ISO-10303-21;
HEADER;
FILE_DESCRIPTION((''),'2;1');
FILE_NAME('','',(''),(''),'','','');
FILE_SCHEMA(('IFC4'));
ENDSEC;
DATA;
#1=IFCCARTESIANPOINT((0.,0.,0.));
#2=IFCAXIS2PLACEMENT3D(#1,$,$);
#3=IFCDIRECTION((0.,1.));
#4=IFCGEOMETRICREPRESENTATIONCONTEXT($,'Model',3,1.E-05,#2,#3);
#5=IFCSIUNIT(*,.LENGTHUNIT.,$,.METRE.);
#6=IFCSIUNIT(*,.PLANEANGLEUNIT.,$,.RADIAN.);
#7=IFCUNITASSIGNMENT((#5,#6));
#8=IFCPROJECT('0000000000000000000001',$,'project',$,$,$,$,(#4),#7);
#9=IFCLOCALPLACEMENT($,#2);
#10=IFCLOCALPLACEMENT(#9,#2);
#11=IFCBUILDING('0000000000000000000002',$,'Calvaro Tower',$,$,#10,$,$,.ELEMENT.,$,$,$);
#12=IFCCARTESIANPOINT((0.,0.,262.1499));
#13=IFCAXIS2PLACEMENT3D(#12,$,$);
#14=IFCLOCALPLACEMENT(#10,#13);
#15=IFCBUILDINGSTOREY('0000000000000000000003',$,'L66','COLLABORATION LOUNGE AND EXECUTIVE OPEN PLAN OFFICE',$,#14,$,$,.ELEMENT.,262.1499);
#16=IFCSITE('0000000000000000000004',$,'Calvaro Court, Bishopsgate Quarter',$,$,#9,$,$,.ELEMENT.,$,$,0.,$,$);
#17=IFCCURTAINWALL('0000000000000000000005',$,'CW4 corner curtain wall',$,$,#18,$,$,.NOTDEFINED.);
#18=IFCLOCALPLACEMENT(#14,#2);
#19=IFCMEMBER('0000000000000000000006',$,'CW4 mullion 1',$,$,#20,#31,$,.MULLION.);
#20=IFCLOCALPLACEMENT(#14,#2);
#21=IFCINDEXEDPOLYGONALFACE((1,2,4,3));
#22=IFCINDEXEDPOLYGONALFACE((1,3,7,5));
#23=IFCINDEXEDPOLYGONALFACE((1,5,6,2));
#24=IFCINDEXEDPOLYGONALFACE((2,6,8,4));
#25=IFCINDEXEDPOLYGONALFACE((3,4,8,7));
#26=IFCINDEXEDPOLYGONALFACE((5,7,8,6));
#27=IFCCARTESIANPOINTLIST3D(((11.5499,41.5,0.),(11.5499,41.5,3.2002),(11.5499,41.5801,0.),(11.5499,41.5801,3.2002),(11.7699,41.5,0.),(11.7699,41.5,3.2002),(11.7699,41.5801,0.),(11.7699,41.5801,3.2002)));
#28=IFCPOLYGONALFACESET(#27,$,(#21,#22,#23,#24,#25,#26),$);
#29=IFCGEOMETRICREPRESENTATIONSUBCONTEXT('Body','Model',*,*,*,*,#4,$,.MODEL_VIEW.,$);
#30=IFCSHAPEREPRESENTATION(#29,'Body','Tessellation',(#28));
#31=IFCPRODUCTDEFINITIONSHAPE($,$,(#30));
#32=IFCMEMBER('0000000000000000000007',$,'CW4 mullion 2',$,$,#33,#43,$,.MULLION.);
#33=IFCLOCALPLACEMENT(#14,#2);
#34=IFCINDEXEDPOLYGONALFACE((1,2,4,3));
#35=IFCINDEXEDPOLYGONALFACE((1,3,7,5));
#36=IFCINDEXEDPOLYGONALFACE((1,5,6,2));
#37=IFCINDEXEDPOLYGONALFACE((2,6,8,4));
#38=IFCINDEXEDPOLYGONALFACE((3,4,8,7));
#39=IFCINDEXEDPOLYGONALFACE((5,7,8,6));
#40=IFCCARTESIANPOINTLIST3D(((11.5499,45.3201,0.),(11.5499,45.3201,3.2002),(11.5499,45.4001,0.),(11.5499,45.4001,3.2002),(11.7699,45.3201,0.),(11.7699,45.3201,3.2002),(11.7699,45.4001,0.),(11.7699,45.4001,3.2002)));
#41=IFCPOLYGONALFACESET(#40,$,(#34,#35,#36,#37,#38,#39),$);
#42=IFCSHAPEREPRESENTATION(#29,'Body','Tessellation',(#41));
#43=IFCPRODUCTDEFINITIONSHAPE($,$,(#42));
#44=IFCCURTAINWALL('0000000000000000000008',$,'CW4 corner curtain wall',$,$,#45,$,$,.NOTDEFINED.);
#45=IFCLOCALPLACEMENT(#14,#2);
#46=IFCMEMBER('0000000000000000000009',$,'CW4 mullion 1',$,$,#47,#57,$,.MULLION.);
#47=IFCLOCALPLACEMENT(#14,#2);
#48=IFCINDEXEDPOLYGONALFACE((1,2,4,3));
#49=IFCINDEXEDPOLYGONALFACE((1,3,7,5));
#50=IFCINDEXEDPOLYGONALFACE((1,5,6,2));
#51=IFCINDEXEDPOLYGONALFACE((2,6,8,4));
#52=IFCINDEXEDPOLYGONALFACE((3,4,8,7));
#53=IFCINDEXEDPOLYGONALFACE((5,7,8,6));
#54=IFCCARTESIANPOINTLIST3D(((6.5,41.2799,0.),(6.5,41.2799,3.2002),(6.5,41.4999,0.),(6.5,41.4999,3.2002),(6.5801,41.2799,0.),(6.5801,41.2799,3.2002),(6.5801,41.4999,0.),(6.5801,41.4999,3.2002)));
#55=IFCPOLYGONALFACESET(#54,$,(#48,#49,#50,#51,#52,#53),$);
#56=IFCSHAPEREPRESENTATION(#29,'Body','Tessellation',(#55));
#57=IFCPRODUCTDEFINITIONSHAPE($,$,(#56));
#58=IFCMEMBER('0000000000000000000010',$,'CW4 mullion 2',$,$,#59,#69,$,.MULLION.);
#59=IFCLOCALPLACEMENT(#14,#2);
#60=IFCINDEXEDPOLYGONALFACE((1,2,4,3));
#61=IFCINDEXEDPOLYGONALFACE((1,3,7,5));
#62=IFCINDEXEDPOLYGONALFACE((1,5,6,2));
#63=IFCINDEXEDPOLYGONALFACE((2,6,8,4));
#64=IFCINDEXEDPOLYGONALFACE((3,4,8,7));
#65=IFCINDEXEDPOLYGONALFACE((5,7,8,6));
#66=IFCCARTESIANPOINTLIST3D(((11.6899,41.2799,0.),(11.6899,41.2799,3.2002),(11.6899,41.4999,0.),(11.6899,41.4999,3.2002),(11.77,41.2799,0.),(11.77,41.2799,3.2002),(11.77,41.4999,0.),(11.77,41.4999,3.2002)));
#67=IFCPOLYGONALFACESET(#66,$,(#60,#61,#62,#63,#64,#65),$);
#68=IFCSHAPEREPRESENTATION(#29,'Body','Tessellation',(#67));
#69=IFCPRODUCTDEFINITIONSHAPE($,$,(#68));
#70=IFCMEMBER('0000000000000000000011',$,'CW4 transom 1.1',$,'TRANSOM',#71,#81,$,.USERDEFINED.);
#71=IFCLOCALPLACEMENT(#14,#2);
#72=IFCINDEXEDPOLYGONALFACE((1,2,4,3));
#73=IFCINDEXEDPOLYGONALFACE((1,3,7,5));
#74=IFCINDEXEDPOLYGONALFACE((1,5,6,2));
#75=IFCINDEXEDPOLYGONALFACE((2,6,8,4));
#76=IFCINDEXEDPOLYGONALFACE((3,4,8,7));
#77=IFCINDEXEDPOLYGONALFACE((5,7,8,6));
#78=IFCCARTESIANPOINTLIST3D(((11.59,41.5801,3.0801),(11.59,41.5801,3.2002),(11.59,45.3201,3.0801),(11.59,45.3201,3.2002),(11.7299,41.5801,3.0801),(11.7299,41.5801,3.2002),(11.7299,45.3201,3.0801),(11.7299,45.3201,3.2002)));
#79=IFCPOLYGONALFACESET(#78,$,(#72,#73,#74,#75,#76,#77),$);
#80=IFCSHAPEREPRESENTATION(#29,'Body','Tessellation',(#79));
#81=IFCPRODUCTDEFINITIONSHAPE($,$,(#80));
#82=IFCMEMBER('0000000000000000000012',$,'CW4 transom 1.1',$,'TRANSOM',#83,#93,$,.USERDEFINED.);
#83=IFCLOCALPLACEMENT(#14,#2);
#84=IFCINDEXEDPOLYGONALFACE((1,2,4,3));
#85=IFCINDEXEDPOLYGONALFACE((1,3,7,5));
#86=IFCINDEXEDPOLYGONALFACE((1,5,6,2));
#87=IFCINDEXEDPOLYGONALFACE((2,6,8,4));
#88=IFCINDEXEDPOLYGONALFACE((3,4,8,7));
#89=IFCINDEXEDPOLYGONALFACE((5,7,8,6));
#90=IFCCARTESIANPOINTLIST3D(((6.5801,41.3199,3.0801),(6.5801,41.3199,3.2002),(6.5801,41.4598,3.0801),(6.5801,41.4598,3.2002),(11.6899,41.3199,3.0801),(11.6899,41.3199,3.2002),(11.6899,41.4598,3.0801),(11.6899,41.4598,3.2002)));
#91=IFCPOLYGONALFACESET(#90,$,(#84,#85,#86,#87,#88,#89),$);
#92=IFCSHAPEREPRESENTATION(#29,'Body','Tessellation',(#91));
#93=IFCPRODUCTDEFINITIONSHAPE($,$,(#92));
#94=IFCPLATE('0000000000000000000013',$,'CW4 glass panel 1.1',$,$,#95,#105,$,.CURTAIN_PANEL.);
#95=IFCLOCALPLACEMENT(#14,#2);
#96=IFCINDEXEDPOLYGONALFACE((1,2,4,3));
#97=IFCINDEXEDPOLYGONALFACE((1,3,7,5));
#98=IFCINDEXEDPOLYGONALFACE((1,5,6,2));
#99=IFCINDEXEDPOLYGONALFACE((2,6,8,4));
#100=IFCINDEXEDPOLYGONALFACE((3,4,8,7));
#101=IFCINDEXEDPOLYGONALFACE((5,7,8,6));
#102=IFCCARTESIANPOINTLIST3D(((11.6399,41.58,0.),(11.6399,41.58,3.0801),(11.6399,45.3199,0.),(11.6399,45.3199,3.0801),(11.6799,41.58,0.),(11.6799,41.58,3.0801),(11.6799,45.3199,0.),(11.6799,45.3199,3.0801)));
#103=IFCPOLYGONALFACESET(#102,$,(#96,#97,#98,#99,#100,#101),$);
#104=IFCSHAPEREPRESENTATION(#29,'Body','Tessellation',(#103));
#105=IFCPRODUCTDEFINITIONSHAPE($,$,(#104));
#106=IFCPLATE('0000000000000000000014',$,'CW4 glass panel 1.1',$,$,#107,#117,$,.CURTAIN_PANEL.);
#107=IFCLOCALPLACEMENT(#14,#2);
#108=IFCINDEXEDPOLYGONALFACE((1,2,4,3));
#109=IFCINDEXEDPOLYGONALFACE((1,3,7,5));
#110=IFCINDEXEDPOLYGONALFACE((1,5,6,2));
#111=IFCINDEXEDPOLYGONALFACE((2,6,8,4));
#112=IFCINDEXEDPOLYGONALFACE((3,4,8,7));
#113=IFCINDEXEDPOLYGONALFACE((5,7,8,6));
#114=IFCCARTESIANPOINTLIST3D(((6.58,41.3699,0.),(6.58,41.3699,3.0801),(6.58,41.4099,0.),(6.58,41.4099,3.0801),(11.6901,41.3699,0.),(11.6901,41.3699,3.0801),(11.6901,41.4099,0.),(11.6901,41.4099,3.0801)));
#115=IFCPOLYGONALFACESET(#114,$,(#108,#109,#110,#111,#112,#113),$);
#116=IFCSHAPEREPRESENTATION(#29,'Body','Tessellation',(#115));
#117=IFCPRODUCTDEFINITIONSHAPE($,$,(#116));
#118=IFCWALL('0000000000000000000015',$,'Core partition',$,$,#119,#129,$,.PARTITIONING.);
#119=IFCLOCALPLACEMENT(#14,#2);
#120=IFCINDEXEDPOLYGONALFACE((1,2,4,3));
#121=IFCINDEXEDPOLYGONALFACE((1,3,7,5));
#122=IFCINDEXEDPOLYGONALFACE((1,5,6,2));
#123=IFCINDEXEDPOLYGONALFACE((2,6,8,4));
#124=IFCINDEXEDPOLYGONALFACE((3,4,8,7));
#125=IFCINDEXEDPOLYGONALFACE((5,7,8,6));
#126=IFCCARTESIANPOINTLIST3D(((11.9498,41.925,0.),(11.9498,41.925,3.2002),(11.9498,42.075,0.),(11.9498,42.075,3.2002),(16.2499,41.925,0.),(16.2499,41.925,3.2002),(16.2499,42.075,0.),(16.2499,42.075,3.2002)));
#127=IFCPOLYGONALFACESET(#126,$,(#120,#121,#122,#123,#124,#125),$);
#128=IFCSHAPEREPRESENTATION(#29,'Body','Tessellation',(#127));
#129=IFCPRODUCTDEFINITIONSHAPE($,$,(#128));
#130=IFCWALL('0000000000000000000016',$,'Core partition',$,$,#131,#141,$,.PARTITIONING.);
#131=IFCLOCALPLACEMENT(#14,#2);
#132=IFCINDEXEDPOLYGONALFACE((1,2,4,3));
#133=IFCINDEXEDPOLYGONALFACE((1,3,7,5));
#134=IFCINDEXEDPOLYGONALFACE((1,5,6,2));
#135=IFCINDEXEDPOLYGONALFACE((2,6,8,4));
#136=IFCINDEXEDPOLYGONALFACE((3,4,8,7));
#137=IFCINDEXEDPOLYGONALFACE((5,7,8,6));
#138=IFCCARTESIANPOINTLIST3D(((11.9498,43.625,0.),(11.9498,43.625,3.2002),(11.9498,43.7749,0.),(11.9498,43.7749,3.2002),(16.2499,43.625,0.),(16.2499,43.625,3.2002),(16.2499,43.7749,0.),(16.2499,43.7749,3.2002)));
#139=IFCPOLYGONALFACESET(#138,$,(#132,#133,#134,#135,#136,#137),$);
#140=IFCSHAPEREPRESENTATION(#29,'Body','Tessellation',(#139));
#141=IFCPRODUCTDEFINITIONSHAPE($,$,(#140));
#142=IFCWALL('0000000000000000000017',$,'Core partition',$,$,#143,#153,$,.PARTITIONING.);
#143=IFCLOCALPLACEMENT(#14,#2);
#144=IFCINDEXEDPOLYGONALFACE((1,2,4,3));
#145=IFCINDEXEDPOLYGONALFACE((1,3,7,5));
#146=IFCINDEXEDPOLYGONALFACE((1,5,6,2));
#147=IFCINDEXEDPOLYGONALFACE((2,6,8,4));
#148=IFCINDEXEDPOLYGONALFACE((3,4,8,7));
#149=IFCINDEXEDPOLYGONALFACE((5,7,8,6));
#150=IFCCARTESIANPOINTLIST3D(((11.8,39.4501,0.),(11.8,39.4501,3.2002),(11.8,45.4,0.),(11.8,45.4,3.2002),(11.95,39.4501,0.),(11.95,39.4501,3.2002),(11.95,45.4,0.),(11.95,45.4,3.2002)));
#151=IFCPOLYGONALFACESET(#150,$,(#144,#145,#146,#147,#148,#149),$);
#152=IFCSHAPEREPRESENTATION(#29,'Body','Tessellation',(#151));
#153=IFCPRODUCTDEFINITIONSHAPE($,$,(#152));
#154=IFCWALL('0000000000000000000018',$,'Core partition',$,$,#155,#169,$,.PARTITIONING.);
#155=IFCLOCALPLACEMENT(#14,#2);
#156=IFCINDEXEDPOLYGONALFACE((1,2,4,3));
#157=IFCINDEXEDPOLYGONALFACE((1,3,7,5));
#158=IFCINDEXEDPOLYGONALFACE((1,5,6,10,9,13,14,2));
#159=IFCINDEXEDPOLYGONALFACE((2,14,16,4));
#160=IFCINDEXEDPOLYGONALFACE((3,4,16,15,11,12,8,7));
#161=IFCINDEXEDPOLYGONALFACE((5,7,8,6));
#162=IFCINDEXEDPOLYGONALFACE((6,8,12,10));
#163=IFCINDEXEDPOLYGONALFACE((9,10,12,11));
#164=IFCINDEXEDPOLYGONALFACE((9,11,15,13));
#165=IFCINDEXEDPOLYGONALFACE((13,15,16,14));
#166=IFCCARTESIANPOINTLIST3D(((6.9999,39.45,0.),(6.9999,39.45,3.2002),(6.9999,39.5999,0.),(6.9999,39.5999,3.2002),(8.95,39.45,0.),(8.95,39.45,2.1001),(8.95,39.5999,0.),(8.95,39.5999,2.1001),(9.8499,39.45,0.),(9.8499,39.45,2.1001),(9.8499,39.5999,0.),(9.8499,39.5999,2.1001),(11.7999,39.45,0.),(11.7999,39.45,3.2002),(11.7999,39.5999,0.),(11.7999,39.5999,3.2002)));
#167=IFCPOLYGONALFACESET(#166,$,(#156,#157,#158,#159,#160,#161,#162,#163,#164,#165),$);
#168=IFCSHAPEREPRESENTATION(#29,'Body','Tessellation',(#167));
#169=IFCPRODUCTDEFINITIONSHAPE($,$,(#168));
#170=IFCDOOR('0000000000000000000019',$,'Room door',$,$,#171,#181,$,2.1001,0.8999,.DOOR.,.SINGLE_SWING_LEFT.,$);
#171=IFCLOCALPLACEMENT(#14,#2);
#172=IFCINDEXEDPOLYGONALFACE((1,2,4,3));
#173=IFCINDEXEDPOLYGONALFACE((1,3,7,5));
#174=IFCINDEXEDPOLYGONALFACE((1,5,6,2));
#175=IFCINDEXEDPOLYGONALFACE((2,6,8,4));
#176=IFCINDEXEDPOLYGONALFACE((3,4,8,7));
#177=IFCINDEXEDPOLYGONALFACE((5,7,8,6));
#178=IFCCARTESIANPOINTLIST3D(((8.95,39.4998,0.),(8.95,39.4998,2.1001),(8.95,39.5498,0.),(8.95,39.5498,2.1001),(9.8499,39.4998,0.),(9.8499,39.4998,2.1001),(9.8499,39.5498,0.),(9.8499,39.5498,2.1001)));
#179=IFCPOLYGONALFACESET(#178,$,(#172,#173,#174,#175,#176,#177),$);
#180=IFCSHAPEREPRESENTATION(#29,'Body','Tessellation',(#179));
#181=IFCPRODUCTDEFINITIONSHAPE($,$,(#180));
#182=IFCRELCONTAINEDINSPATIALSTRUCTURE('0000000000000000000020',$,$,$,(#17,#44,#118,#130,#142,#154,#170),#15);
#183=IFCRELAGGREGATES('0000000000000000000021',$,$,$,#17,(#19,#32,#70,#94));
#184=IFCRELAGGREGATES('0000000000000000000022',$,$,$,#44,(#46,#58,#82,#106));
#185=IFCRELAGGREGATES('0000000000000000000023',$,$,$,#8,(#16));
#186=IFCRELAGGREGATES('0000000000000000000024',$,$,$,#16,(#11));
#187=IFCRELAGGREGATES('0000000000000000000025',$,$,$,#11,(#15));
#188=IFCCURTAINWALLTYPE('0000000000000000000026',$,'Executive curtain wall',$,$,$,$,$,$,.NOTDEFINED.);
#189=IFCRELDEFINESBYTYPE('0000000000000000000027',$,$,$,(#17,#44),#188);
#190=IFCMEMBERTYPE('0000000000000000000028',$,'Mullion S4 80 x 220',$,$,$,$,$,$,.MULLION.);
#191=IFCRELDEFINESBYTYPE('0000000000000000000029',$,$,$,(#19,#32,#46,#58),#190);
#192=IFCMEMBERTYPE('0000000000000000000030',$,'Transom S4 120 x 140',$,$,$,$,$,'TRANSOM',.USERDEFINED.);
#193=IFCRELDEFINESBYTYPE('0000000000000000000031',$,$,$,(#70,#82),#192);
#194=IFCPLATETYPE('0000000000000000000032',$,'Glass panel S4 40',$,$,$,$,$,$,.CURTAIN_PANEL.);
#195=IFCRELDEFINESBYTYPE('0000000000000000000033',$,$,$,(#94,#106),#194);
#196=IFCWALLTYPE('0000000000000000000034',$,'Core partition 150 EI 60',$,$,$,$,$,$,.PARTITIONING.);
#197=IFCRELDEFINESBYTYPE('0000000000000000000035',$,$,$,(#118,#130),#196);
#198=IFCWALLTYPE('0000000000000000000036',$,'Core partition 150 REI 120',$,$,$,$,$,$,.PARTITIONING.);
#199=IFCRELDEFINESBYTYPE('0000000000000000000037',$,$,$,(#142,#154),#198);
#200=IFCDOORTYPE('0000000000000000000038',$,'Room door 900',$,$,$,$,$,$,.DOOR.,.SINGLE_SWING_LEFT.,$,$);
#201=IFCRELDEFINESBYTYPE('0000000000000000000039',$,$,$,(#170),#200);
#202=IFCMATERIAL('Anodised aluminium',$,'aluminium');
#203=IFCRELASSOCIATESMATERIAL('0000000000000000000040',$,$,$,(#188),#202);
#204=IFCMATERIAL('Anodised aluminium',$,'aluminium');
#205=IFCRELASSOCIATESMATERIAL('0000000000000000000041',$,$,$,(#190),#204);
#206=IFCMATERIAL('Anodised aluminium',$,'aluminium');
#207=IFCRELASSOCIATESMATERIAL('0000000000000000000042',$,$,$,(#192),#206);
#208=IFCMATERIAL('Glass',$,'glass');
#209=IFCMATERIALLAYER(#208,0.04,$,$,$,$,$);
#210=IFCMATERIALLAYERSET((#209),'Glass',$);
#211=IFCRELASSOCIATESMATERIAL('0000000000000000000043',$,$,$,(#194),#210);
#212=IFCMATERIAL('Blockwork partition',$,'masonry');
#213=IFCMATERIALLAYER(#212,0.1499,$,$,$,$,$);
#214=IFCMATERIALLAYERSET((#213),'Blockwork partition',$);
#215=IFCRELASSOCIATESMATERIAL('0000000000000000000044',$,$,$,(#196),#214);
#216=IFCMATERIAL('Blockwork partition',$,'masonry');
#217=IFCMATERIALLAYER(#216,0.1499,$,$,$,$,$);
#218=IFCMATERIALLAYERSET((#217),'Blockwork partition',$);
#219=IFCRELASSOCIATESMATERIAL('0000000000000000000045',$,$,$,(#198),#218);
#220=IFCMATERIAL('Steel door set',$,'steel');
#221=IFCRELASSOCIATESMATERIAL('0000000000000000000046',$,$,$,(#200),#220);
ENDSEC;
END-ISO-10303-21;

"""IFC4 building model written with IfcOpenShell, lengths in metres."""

from ifc_helpers import new_model, si_unit, direction, frame, frame_2d, origin, origin_2d, place, context, subcontext, project, spatial, rectangle, extrude, material, layer, layer_set, material_profile, profile_set, type_object, element, fill, aggregate, save


model = new_model("IFC4")

# Units and contexts
model_context = context("Model", 3, precision=1e-05, world=origin(), true_north=direction((0.0, 1.0)))
body_context = subcontext(model_context, "Body", "Model", "MODEL_VIEW")
ifc_project = project(units=[si_unit("LENGTHUNIT", "METRE"), si_unit("PLANEANGLEUNIT", "RADIAN")], contexts=[model_context])

# Site, building, storey
site_placement = place(None, origin())
site = spatial("IfcSite", under=ifc_project, at=site_placement, Name="Calvaro Court, Bishopsgate Quarter", CompositionType="ELEMENT", RefElevation=0.0)
building_placement = place(site_placement, origin())
building = spatial("IfcBuilding", under=site, at=building_placement, Name="Calvaro Tower", CompositionType="ELEMENT")
storey_placement = place(building_placement, frame((0.0, 0.0, 262.1499)))
storey = spatial("IfcBuildingStorey", under=building, at=storey_placement, Name="L66", Description="COLLABORATION LOUNGE AND EXECUTIVE OPEN PLAN OFFICE", CompositionType="ELEMENT", Elevation=262.1499)

# Curtain walls, members
ifc_material_1 = material(Name="Anodised aluminium", Category="aluminium")
curtain_wall_type = type_object("IfcCurtainWallType", Name="Executive curtain wall", PredefinedType="NOTDEFINED", material=ifc_material_1)
curtain_wall_1_placement = place(storey_placement, origin())
curtain_wall_1 = element("IfcCurtainWall", 1, at=curtain_wall_1_placement, inside=storey, type_object=curtain_wall_type, Name="CW4 corner curtain wall", PredefinedType="NOTDEFINED")
ifc_material_2 = material(Name="Anodised aluminium", Category="aluminium")
ifc_material_profile_1 = material_profile(ifc_material_2, rectangle(XDim=0.22, YDim=0.0801, at=origin_2d()), Name="Mullion S4 80 x 220")
ifc_profile_set_1 = profile_set([ifc_material_profile_1], Name="Anodised aluminium")
member_type_1 = type_object("IfcMemberType", Name="Mullion S4 80 x 220", PredefinedType="MULLION", material=ifc_profile_set_1)
member_1_placement = place(storey_placement, frame((11.6599, 41.54, 0.0), z_axis=(0.0, 0.0, 1.0), x_axis=(-1.0, 0.0, 0.0)))
member_1 = element("IfcMember", 2, at=member_1_placement, type_object=member_type_1, Name="CW4 mullion 1", PredefinedType="MULLION", context=body_context, shape_type="SweptSolid", body=[
    extrude(rectangle(XDim=0.22, YDim=0.0801, at=origin_2d()), origin(), (0.0, 0.0, 1.0), 3.2002),
])
member_2_placement = place(storey_placement, frame((11.6599, 45.3601, 0.0), z_axis=(0.0, 0.0, 1.0), x_axis=(-1.0, 0.0, 0.0)))
member_2 = element("IfcMember", 3, at=member_2_placement, type_object=member_type_1, Name="CW4 mullion 2", PredefinedType="MULLION", context=body_context, shape_type="SweptSolid", body=[
    extrude(rectangle(XDim=0.22, YDim=0.0801, at=origin_2d()), origin(), (0.0, 0.0, 1.0), 3.2002),
])
curtain_wall_2_placement = place(storey_placement, origin())
curtain_wall_2 = element("IfcCurtainWall", 4, at=curtain_wall_2_placement, inside=storey, type_object=curtain_wall_type, Name="CW4 corner curtain wall", PredefinedType="NOTDEFINED")
member_3_placement = place(storey_placement, frame((6.54, 41.3899, 0.0), z_axis=(0.0, 0.0, 1.0), x_axis=(0.0, 1.0, 0.0)))
member_3 = element("IfcMember", 5, at=member_3_placement, type_object=member_type_1, Name="CW4 mullion 1", PredefinedType="MULLION", context=body_context, shape_type="SweptSolid", body=[
    extrude(rectangle(XDim=0.22, YDim=0.0801, at=origin_2d()), origin(), (0.0, 0.0, 1.0), 3.2002),
])
member_4_placement = place(storey_placement, frame((11.73, 41.3899, 0.0), z_axis=(0.0, 0.0, 1.0), x_axis=(0.0, 1.0, 0.0)))
member_4 = element("IfcMember", 6, at=member_4_placement, type_object=member_type_1, Name="CW4 mullion 2", PredefinedType="MULLION", context=body_context, shape_type="SweptSolid", body=[
    extrude(rectangle(XDim=0.22, YDim=0.0801, at=origin_2d()), origin(), (0.0, 0.0, 1.0), 3.2002),
])

# Members
ifc_material_3 = material(Name="Anodised aluminium", Category="aluminium")
ifc_material_profile_2 = material_profile(ifc_material_3, rectangle(XDim=0.1399, YDim=0.1201, at=origin_2d()), Name="Transom S4 120 x 140")
ifc_profile_set_2 = profile_set([ifc_material_profile_2], Name="Anodised aluminium")
member_type_2 = type_object("IfcMemberType", Name="Transom S4 120 x 140", ElementType="TRANSOM", PredefinedType="USERDEFINED", material=ifc_profile_set_2)
member_5_placement = place(storey_placement, frame((11.6599, 41.5801, 3.1401), z_axis=(0.0, 1.0, 0.0), x_axis=(-1.0, 0.0, 0.0)))
member_5 = element("IfcMember", 7, at=member_5_placement, type_object=member_type_2, Name="CW4 transom 1.1", ObjectType="TRANSOM", PredefinedType="USERDEFINED", context=body_context, shape_type="SweptSolid", body=[
    extrude(rectangle(XDim=0.1399, YDim=0.1201, at=origin_2d()), origin(), (0.0, 0.0, 1.0), 3.74),
])
member_6_placement = place(storey_placement, frame((6.5801, 41.3899, 3.1401), z_axis=(1.0, 0.0, 0.0), x_axis=(0.0, 1.0, 0.0)))
member_6 = element("IfcMember", 8, at=member_6_placement, type_object=member_type_2, Name="CW4 transom 1.1", ObjectType="TRANSOM", PredefinedType="USERDEFINED", context=body_context, shape_type="SweptSolid", body=[
    extrude(rectangle(XDim=0.1399, YDim=0.1201, at=origin_2d()), origin(), (0.0, 0.0, 1.0), 5.1099),
])

# Plates
ifc_material_4 = material(Name="Glass", Category="glass")
ifc_layer_1 = layer(ifc_material_4, 0.04)
ifc_layer_set_1 = layer_set([ifc_layer_1], Name="Glass")
plate_type = type_object("IfcPlateType", Name="Glass panel S4 40", PredefinedType="CURTAIN_PANEL", material=ifc_layer_set_1)
plate_1_placement = place(storey_placement, frame((11.6599, 43.45, 0.0), z_axis=(0.0, 0.0, 1.0), x_axis=(0.0, 1.0, 0.0)))
plate_1 = element("IfcPlate", 9, at=plate_1_placement, type_object=plate_type, Name="CW4 glass panel 1.1", PredefinedType="CURTAIN_PANEL", context=body_context, shape_type="SweptSolid", body=[
    extrude(rectangle(XDim=3.74, YDim=0.04, at=origin_2d()), origin(), (0.0, 0.0, 1.0), 3.0801),
])
aggregate(curtain_wall_1, [member_1, member_2, member_5, plate_1])
plate_2_placement = place(storey_placement, frame((9.135, 41.3899, 0.0), z_axis=(0.0, 0.0, 1.0), x_axis=(1.0, 0.0, 0.0)))
plate_2 = element("IfcPlate", 10, at=plate_2_placement, type_object=plate_type, Name="CW4 glass panel 1.1", PredefinedType="CURTAIN_PANEL", context=body_context, shape_type="SweptSolid", body=[
    extrude(rectangle(XDim=5.1101, YDim=0.04, at=origin_2d()), origin(), (0.0, 0.0, 1.0), 3.0801),
])
aggregate(curtain_wall_2, [member_3, member_4, member_6, plate_2])

# Walls
ifc_material_5 = material(Name="Blockwork partition", Category="masonry")
ifc_layer_2 = layer(ifc_material_5, 0.1499)
ifc_layer_set_2 = layer_set([ifc_layer_2], Name="Blockwork partition")
wall_type_1 = type_object("IfcWallType", Name="Core partition 150 EI 60", PredefinedType="PARTITIONING", material=ifc_layer_set_2)
for number, where, z_axis, x_axis, name in (
    (11, (11.95, 42.0, 0.0), (0.0, 0.0, 1.0), (1.0, 0.0, 0.0), "Core partition"),
    (12, (11.95, 43.7, 0.0), (0.0, 0.0, 1.0), (1.0, 0.0, 0.0), "Core partition"),
):
    element("IfcWall", number, at=place(storey_placement, frame(where, z_axis=z_axis, x_axis=x_axis)), inside=storey, type_object=wall_type_1, Name=name, PredefinedType="PARTITIONING", context=body_context, shape_type="SweptSolid", body=[
        extrude(rectangle(XDim=4.3, YDim=0.1499, at=frame_2d((2.1499, 0.0))), origin(), (0.0, 0.0, 1.0), 3.2002),
    ])
ifc_material_6 = material(Name="Blockwork partition", Category="masonry")
ifc_layer_3 = layer(ifc_material_6, 0.1499)
ifc_layer_set_3 = layer_set([ifc_layer_3], Name="Blockwork partition")
wall_type_2 = type_object("IfcWallType", Name="Core partition 150 REI 120", PredefinedType="PARTITIONING", material=ifc_layer_set_3)
wall_1_placement = place(storey_placement, frame((11.875, 39.45, 0.0), z_axis=(0.0, 0.0, 1.0), x_axis=(0.0, 1.0, 0.0)))
element("IfcWall", 13, at=wall_1_placement, inside=storey, type_object=wall_type_2, Name="Core partition", PredefinedType="PARTITIONING", context=body_context, shape_type="SweptSolid", body=[
    extrude(rectangle(XDim=5.95, YDim=0.1499, at=frame_2d((2.9751, 0.0))), origin(), (0.0, 0.0, 1.0), 3.2002),
])

# Wall, opening, door
wall_2_placement = place(storey_placement, frame((7.0, 39.5249, 0.0), z_axis=(0.0, 0.0, 1.0), x_axis=(1.0, 0.0, 0.0)))
wall_2 = element("IfcWall", 14, at=wall_2_placement, inside=storey, type_object=wall_type_2, Name="Core partition", PredefinedType="PARTITIONING", context=body_context, shape_type="SweptSolid", body=[
    extrude(rectangle(XDim=4.8, YDim=0.1499, at=frame_2d((2.3999, 0.0))), origin(), (0.0, 0.0, 1.0), 3.2002),
])
opening_1_placement = place(wall_2_placement, frame((1.95, 0.0, 0.0)))
opening_1 = element("IfcOpeningElement", 15, at=opening_1_placement, cuts=wall_2, PredefinedType="OPENING", context=body_context, shape_type="SweptSolid", body=[
    extrude(rectangle(XDim=0.8999, YDim=2.1001, at=frame_2d((0.45, 1.05))), frame((0.0, 0.085, 0.0), z_axis=(0.0, -1.0, 0.0), x_axis=(1.0, 0.0, 0.0)), (0.0, 0.0, 1.0), 0.1699),
])
ifc_material_7 = material(Name="Steel door set", Category="steel")
door_type_1 = type_object("IfcDoorType", Name="Room door 900", OperationType="SINGLE_SWING_LEFT", PredefinedType="DOOR", material=ifc_material_7)
door_1_placement = place(opening_1_placement, origin())
door_1 = element("IfcDoor", 16, at=door_1_placement, inside=storey, type_object=door_type_1, Name="Room door", OperationType="SINGLE_SWING_LEFT", OverallHeight=2.1001, OverallWidth=0.8999, PredefinedType="DOOR", context=body_context, shape_type="SweptSolid", body=[
    extrude(rectangle(XDim=0.8999, YDim=2.1001, at=frame_2d((0.45, 1.05))), frame((0.0, 0.0249, 0.0), z_axis=(0.0, -1.0, 0.0), x_axis=(1.0, 0.0, 0.0)), (0.0, 0.0, 1.0), 0.05),
])
fill(opening_1, door_1)

save(model, "model.ifc")
